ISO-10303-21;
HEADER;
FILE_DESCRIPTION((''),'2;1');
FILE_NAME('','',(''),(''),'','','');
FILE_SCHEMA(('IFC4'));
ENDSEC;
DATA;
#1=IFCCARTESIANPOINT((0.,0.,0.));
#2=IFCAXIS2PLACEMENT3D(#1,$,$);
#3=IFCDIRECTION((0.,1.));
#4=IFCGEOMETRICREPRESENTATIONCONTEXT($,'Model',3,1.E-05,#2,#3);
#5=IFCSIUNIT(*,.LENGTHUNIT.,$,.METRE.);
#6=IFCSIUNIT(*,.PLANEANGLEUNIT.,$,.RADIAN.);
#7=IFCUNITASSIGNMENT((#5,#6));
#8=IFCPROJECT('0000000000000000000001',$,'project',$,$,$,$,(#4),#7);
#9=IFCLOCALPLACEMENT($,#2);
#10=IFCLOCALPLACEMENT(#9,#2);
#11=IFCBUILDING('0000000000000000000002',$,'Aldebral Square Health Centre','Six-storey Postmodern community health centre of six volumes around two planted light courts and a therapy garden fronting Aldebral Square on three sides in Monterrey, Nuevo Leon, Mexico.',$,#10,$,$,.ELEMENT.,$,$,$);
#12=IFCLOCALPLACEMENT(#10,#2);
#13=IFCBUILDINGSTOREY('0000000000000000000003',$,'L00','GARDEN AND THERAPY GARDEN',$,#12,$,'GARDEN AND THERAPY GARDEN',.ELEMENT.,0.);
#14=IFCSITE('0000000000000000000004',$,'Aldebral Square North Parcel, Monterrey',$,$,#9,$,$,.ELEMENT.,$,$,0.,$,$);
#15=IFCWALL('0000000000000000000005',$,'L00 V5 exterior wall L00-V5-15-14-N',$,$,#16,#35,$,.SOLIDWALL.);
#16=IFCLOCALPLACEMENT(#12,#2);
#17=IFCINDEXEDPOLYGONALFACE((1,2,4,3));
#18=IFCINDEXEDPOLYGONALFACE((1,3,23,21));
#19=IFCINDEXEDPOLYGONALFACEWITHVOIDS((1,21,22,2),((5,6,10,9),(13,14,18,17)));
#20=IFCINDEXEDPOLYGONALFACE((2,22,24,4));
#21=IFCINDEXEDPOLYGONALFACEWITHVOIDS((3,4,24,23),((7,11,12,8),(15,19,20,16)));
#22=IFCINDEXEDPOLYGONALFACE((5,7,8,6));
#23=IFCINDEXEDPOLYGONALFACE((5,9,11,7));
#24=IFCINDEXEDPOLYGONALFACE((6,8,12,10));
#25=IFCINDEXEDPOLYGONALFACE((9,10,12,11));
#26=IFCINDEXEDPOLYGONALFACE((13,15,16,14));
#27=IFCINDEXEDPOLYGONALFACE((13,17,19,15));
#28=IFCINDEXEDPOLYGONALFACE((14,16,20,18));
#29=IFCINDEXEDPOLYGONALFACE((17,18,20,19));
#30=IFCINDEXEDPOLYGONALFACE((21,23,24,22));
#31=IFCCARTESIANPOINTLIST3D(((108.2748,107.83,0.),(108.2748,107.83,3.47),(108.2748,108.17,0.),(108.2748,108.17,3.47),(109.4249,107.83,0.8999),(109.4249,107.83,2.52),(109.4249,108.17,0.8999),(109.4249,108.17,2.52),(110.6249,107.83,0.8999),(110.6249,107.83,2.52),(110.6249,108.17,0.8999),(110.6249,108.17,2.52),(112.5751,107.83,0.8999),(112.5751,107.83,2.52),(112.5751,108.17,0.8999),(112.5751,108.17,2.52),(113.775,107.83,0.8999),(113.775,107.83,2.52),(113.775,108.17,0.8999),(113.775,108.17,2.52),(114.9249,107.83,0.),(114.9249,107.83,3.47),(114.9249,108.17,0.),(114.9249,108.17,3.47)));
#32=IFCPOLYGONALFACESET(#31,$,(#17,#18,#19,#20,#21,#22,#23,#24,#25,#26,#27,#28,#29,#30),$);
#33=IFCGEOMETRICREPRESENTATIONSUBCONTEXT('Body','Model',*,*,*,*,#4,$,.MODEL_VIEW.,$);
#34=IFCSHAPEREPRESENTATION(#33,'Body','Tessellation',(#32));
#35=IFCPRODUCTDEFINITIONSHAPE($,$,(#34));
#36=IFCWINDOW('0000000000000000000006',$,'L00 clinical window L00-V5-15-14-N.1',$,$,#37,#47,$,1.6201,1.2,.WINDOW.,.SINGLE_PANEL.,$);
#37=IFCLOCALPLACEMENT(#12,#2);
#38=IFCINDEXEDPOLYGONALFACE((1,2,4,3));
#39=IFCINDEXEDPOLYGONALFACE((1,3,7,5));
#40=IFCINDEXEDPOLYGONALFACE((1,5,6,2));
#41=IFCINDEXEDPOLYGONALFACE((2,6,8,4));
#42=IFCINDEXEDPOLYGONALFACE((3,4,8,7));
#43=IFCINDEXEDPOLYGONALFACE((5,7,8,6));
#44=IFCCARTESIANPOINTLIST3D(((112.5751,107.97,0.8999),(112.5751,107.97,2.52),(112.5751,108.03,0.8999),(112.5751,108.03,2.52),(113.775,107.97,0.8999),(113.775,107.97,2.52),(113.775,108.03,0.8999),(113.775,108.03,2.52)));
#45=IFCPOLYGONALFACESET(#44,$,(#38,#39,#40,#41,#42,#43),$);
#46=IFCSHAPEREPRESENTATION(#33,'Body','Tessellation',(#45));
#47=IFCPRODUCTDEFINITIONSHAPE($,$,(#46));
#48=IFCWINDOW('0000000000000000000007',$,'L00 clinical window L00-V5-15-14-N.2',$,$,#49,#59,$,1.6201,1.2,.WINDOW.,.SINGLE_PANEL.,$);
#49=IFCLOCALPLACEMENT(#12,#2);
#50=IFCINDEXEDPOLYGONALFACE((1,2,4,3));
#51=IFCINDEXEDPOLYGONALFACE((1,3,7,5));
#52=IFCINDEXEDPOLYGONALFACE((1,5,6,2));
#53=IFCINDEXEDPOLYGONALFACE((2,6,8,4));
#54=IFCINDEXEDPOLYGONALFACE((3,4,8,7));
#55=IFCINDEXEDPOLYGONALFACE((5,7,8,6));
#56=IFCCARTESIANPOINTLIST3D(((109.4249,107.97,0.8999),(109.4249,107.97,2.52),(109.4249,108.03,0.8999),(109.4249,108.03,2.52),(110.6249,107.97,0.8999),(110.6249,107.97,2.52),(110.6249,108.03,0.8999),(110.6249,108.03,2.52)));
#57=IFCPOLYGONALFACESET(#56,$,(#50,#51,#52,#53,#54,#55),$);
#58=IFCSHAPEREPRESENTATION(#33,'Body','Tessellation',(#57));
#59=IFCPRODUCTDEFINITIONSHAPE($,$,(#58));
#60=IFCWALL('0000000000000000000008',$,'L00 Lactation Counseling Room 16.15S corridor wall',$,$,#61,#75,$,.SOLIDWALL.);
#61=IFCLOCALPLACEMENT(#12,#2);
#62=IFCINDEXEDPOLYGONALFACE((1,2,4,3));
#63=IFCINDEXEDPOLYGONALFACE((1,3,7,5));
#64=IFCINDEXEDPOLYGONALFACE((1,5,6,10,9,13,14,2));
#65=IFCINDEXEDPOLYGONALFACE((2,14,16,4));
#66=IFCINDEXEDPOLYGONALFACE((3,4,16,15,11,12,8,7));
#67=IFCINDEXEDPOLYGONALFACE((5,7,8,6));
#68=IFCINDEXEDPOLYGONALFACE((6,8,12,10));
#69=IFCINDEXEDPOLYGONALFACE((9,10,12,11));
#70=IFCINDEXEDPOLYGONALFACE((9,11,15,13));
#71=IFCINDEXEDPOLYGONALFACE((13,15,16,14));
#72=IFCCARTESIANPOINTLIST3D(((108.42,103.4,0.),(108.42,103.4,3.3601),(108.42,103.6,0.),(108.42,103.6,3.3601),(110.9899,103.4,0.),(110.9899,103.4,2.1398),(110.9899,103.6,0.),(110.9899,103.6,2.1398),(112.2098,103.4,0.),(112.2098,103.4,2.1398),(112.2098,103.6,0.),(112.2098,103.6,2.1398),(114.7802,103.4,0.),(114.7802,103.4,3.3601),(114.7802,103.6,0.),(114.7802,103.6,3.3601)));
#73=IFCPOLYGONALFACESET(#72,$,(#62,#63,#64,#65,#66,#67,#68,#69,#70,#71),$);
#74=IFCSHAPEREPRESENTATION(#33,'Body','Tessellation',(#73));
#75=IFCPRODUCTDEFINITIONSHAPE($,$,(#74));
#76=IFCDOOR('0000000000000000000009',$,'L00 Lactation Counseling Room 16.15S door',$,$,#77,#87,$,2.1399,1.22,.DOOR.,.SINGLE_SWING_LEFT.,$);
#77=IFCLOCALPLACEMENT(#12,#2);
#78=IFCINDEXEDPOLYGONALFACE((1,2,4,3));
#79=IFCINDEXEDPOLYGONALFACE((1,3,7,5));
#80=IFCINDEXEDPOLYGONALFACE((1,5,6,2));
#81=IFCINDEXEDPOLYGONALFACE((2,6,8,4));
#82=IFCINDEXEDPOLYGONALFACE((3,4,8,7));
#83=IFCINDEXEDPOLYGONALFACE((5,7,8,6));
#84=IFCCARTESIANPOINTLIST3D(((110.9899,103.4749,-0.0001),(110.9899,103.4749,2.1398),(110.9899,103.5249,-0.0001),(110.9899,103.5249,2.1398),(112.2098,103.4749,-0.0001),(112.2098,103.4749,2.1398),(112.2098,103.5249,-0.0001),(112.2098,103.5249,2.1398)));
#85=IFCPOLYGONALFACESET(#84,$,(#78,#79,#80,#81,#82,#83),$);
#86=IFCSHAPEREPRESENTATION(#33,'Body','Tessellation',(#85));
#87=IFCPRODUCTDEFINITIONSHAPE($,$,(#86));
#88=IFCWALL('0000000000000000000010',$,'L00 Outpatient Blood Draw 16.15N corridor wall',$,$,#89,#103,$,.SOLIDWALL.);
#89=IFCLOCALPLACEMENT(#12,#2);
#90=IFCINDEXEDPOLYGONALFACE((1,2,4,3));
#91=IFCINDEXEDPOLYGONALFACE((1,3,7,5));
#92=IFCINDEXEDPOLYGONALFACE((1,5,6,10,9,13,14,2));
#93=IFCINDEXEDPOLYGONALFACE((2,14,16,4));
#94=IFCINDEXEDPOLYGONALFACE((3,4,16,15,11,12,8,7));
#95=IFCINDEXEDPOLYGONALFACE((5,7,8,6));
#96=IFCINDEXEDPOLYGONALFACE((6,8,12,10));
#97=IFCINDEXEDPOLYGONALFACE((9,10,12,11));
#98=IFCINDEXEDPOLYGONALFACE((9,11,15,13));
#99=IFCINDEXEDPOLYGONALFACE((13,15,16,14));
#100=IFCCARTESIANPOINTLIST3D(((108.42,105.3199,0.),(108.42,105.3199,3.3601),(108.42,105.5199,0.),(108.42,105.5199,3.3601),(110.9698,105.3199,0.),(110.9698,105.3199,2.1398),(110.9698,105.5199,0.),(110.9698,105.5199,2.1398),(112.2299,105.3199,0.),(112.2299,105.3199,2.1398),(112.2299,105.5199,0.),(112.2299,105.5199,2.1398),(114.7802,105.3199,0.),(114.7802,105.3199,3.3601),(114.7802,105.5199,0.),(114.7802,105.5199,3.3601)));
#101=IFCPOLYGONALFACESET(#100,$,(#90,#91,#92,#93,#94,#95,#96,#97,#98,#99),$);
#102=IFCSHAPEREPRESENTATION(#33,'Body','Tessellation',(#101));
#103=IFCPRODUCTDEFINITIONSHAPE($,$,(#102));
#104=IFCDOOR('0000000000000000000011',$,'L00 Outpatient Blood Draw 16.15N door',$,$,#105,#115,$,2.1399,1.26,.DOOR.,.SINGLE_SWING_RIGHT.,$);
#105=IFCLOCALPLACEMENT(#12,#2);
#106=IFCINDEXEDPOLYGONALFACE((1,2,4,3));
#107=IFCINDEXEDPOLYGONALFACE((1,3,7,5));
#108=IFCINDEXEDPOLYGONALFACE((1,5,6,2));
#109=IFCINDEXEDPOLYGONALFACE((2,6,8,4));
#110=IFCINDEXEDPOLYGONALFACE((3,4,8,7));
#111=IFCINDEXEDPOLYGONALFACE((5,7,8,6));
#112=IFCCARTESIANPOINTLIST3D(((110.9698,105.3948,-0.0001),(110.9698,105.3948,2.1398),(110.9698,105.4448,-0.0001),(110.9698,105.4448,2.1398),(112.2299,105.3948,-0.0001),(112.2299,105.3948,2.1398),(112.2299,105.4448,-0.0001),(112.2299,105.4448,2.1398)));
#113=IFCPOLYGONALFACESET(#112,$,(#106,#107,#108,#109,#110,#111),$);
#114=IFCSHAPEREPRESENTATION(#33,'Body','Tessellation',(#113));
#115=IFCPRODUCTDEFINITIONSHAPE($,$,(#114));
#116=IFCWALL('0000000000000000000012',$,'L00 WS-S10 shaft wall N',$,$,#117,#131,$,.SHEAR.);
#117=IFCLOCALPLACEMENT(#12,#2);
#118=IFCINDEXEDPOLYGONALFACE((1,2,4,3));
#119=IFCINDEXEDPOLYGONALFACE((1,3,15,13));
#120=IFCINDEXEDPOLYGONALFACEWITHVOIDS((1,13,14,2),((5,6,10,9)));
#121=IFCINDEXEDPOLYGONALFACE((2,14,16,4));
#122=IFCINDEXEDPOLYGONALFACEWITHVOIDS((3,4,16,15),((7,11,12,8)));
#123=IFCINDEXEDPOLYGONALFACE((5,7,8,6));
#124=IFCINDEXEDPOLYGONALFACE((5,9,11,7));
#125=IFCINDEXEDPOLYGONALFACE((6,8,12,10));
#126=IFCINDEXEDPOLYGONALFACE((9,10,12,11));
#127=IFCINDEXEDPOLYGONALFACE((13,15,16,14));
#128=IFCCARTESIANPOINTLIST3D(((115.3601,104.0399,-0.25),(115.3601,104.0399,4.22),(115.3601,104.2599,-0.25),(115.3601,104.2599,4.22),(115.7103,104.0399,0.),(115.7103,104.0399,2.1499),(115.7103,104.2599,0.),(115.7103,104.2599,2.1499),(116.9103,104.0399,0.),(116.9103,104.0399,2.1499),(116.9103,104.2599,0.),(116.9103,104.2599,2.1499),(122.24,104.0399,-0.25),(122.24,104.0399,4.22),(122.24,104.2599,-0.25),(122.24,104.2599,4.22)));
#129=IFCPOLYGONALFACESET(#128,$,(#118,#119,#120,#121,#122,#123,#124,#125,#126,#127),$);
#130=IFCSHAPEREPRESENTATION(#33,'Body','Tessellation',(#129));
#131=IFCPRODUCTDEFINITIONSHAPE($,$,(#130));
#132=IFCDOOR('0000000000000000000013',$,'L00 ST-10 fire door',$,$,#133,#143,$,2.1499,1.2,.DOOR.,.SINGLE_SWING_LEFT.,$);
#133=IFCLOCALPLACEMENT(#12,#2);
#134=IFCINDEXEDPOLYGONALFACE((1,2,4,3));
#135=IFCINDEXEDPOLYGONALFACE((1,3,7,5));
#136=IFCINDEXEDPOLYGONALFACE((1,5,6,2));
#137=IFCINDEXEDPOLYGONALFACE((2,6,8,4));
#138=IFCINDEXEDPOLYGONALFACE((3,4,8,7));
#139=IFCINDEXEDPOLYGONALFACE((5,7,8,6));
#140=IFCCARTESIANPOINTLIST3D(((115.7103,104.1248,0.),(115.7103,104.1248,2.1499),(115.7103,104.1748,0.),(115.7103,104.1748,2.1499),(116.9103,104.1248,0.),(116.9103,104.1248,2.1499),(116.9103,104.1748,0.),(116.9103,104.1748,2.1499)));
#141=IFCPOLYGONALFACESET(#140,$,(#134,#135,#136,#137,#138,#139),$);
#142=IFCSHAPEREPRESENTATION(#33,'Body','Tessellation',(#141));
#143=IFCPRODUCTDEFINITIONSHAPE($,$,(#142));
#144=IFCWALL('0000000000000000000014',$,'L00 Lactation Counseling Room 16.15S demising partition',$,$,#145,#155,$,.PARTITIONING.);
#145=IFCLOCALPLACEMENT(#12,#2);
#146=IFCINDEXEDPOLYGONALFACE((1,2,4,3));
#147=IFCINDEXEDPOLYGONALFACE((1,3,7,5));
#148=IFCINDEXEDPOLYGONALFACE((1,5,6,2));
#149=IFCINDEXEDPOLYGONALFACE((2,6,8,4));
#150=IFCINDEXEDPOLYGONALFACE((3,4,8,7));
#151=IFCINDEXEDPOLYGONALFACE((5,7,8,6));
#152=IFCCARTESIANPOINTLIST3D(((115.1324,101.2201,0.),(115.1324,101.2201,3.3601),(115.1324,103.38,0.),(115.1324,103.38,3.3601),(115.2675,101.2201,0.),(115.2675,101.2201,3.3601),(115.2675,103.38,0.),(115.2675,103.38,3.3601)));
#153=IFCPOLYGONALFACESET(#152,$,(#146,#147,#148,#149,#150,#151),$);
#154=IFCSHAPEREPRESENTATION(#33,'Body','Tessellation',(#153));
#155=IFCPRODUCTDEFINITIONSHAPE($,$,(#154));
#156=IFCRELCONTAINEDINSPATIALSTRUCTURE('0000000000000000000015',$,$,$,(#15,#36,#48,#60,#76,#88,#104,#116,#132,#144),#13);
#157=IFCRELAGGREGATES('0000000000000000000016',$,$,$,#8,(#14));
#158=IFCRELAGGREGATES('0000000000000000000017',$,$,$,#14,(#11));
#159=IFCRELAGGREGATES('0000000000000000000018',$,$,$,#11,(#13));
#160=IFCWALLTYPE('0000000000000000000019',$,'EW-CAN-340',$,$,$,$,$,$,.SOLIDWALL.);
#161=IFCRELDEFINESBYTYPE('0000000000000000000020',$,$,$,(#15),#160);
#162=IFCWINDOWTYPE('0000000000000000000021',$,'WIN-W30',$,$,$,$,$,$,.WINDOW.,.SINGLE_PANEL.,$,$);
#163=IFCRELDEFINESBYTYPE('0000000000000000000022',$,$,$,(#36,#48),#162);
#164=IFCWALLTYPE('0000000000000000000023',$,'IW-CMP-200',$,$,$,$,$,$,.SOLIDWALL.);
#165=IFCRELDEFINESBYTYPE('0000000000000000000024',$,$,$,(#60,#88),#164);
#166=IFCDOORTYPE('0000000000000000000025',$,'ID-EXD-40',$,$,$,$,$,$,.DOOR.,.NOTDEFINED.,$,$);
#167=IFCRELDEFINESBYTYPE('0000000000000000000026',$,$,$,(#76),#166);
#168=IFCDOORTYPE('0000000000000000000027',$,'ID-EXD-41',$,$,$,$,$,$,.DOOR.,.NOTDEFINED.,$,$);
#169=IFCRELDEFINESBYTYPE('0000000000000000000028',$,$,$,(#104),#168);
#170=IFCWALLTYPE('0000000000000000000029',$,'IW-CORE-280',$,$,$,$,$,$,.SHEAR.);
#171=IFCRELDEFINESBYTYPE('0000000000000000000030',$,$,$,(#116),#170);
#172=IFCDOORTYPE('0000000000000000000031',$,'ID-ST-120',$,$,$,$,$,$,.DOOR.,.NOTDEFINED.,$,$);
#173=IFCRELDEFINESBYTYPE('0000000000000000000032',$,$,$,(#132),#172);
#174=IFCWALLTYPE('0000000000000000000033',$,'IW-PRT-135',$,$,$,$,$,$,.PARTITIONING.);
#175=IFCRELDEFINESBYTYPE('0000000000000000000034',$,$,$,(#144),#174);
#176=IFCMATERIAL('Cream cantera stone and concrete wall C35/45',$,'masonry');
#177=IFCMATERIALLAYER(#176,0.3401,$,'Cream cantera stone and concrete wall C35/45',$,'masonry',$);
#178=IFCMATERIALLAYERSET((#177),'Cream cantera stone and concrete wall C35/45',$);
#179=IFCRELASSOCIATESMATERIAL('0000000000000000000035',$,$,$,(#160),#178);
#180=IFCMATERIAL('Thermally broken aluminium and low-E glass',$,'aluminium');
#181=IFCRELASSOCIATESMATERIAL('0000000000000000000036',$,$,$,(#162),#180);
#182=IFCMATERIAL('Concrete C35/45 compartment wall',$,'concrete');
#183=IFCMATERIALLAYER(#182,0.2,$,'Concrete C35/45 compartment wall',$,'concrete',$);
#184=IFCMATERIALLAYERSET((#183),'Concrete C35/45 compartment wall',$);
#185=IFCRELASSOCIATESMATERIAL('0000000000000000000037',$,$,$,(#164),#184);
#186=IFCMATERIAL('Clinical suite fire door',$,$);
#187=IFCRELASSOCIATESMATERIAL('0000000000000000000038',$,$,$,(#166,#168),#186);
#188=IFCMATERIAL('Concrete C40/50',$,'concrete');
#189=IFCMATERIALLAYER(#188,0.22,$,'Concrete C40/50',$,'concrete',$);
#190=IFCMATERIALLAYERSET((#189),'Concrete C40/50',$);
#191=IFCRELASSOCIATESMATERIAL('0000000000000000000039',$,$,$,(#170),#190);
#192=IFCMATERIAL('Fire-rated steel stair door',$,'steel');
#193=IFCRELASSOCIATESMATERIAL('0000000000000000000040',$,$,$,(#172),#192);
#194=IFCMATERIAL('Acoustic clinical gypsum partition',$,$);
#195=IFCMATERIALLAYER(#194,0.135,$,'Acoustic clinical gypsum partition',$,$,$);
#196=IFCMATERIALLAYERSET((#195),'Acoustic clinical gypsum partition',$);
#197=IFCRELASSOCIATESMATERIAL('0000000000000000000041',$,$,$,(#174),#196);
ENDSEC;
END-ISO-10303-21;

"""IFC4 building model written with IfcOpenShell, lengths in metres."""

from ifc_helpers import new_model, si_unit, direction, frame, frame_2d, origin, place, context, subcontext, project, spatial, rectangle, extrude, material, layer, layer_set, type_object, element, fill, save


model = new_model("IFC4")

# Units and contexts
model_context = context("Model", 3, precision=1e-05, world=origin(), true_north=direction((0.0, 1.0)))
body_context = subcontext(model_context, "Body", "Model", "MODEL_VIEW")
ifc_project = project(units=[si_unit("LENGTHUNIT", "METRE"), si_unit("PLANEANGLEUNIT", "RADIAN")], contexts=[model_context])

# Site, building, storey
site_placement = place(None, origin())
site = spatial("IfcSite", under=ifc_project, at=site_placement, Name="Aldebral Square North Parcel, Monterrey", CompositionType="ELEMENT", RefElevation=0.0)
building_placement = place(site_placement, origin())
building = spatial("IfcBuilding", under=site, at=building_placement, Name="Aldebral Square Health Centre", Description="Six-storey Postmodern community health centre of six volumes around two planted light courts and a therapy garden fronting Aldebral Square on three sides in Monterrey, Nuevo Leon, Mexico.", CompositionType="ELEMENT")
storey_placement = place(building_placement, origin())
storey = spatial("IfcBuildingStorey", under=building, at=storey_placement, Name="L00", Description="GARDEN AND THERAPY GARDEN", LongName="GARDEN AND THERAPY GARDEN", CompositionType="ELEMENT", Elevation=0.0)

# Shared definitions
ifc_material_1 = material(Name="Concrete C40/50", Category="concrete")

# Wall, openings, windows
ifc_material_2 = material(Name="Cream cantera stone and concrete wall C35/45", Category="masonry")
ifc_layer_1 = layer(ifc_material_2, 0.3401, Name="Cream cantera stone and concrete wall C35/45", Category="masonry")
ifc_layer_set_1 = layer_set([ifc_layer_1], Name="Cream cantera stone and concrete wall C35/45")
wall_type_1 = type_object("IfcWallType", Name="EW-CAN-340", PredefinedType="SOLIDWALL", material=ifc_layer_set_1)
wall_1_placement = place(storey_placement, frame((114.925, 108.0, 0.0), z_axis=(0.0, 0.0, 1.0), x_axis=(-1.0, 0.0, 0.0)))
wall_1 = element("IfcWall", 1, at=wall_1_placement, inside=storey, type_object=wall_type_1, Name="L00 V5 exterior wall L00-V5-15-14-N", PredefinedType="SOLIDWALL", context=body_context, shape_type="SweptSolid", body=[
    extrude(rectangle(XDim=6.6501, YDim=0.3401, at=frame_2d((3.3252, 0.0))), origin(), (0.0, 0.0, 1.0), 3.47),
])
opening_1_placement = place(wall_1_placement, frame((1.1499, 0.0, 0.8999)))
opening_1 = element("IfcOpeningElement", 2, at=opening_1_placement, cuts=wall_1, PredefinedType="OPENING", context=body_context, shape_type="SweptSolid", body=[
    extrude(rectangle(XDim=1.2, YDim=1.6201, at=frame_2d((0.6001, 0.8101))), frame((0.0, 0.1802, 0.0), z_axis=(0.0, -1.0, 0.0), x_axis=(1.0, 0.0, 0.0)), (0.0, 0.0, 1.0), 0.3601),
])
opening_2_placement = place(wall_1_placement, frame((4.3, 0.0, 0.8999)))
opening_2 = element("IfcOpeningElement", 3, at=opening_2_placement, cuts=wall_1, PredefinedType="OPENING", context=body_context, shape_type="SweptSolid", body=[
    extrude(rectangle(XDim=1.2, YDim=1.6201, at=frame_2d((0.6001, 0.8101))), frame((0.0, 0.1802, 0.0), z_axis=(0.0, -1.0, 0.0), x_axis=(1.0, 0.0, 0.0)), (0.0, 0.0, 1.0), 0.3601),
])
ifc_material_3 = material(Name="Thermally broken aluminium and low-E glass", Category="aluminium")
window_type = type_object("IfcWindowType", Name="WIN-W30", PartitioningType="SINGLE_PANEL", PredefinedType="WINDOW", material=ifc_material_3)
window_1_placement = place(opening_1_placement, origin())
window_1 = element("IfcWindow", 4, at=window_1_placement, inside=storey, type_object=window_type, Name="L00 clinical window L00-V5-15-14-N.1", OverallHeight=1.6201, OverallWidth=1.2, PartitioningType="SINGLE_PANEL", PredefinedType="WINDOW", context=body_context, shape_type="SweptSolid", body=[
    extrude(rectangle(XDim=1.2, YDim=1.6201, at=frame_2d((0.6001, 0.8101))), frame((0.0, 0.03, 0.0), z_axis=(0.0, -1.0, 0.0), x_axis=(1.0, 0.0, 0.0)), (0.0, 0.0, 1.0), 0.0601),
])
fill(opening_1, window_1)
window_2_placement = place(opening_2_placement, origin())
window_2 = element("IfcWindow", 5, at=window_2_placement, inside=storey, type_object=window_type, Name="L00 clinical window L00-V5-15-14-N.2", OverallHeight=1.6201, OverallWidth=1.2, PartitioningType="SINGLE_PANEL", PredefinedType="WINDOW", context=body_context, shape_type="SweptSolid", body=[
    extrude(rectangle(XDim=1.2, YDim=1.6201, at=frame_2d((0.6001, 0.8101))), frame((0.0, 0.03, 0.0), z_axis=(0.0, -1.0, 0.0), x_axis=(1.0, 0.0, 0.0)), (0.0, 0.0, 1.0), 0.0601),
])
fill(opening_2, window_2)

# Walls, openings, doors
ifc_material_4 = material(Name="Concrete C35/45 compartment wall", Category="concrete")
ifc_layer_2 = layer(ifc_material_4, 0.2, Name="Concrete C35/45 compartment wall", Category="concrete")
ifc_layer_set_2 = layer_set([ifc_layer_2], Name="Concrete C35/45 compartment wall")
wall_type_2 = type_object("IfcWallType", Name="IW-CMP-200", PredefinedType="SOLIDWALL", material=ifc_layer_set_2)
wall_2_placement = place(storey_placement, frame((108.4199, 103.5, 0.0), z_axis=(0.0, 0.0, 1.0), x_axis=(1.0, 0.0, 0.0)))
wall_2 = element("IfcWall", 6, at=wall_2_placement, inside=storey, type_object=wall_type_2, Name="L00 Lactation Counseling Room 16.15S corridor wall", PredefinedType="SOLIDWALL", context=body_context, shape_type="SweptSolid", body=[
    extrude(rectangle(XDim=6.3601, YDim=0.2, at=frame_2d((3.1802, 0.0))), origin(), (0.0, 0.0, 1.0), 3.3601),
])
opening_3_placement = place(wall_2_placement, frame((2.5701, 0.0, 0.0)))
opening_3 = element("IfcOpeningElement", 7, at=opening_3_placement, cuts=wall_2, PredefinedType="OPENING", context=body_context, shape_type="SweptSolid", body=[
    extrude(rectangle(XDim=1.22, YDim=2.1399, at=frame_2d((0.6099, 1.0698))), frame((0.0, 0.1099, 0.0), z_axis=(0.0, -1.0, 0.0), x_axis=(1.0, 0.0, 0.0)), (0.0, 0.0, 1.0), 0.22),
])
ifc_material_5 = material(Name="Clinical suite fire door")
door_type_1 = type_object("IfcDoorType", Name="ID-EXD-40", OperationType="NOTDEFINED", PredefinedType="DOOR", material=ifc_material_5)
door_1_placement = place(opening_3_placement, origin())
door_1 = element("IfcDoor", 8, at=door_1_placement, inside=storey, type_object=door_type_1, Name="L00 Lactation Counseling Room 16.15S door", OperationType="SINGLE_SWING_LEFT", OverallHeight=2.1399, OverallWidth=1.22, PredefinedType="DOOR", context=body_context, shape_type="SweptSolid", body=[
    extrude(rectangle(XDim=1.22, YDim=2.1399, at=frame_2d((0.6099, 1.0698))), frame((0.0, 0.0249, 0.0), z_axis=(0.0, -1.0, 0.0), x_axis=(1.0, 0.0, 0.0)), (0.0, 0.0, 1.0), 0.05),
])
fill(opening_3, door_1)
wall_3_placement = place(storey_placement, frame((108.4199, 105.4199, 0.0), z_axis=(0.0, 0.0, 1.0), x_axis=(1.0, 0.0, 0.0)))
wall_3 = element("IfcWall", 9, at=wall_3_placement, inside=storey, type_object=wall_type_2, Name="L00 Outpatient Blood Draw 16.15N corridor wall", PredefinedType="SOLIDWALL", context=body_context, shape_type="SweptSolid", body=[
    extrude(rectangle(XDim=6.3601, YDim=0.2, at=frame_2d((3.1802, 0.0))), origin(), (0.0, 0.0, 1.0), 3.3601),
])
opening_4_placement = place(wall_3_placement, frame((2.55, 0.0, 0.0)))
opening_4 = element("IfcOpeningElement", 10, at=opening_4_placement, cuts=wall_3, PredefinedType="OPENING", context=body_context, shape_type="SweptSolid", body=[
    extrude(rectangle(XDim=1.26, YDim=2.1399, at=frame_2d((0.6299, 1.0698))), frame((0.0, 0.1099, 0.0), z_axis=(0.0, -1.0, 0.0), x_axis=(1.0, 0.0, 0.0)), (0.0, 0.0, 1.0), 0.22),
])
door_type_2 = type_object("IfcDoorType", Name="ID-EXD-41", OperationType="NOTDEFINED", PredefinedType="DOOR", material=ifc_material_5)
door_2_placement = place(opening_4_placement, origin())
door_2 = element("IfcDoor", 11, at=door_2_placement, inside=storey, type_object=door_type_2, Name="L00 Outpatient Blood Draw 16.15N door", OperationType="SINGLE_SWING_RIGHT", OverallHeight=2.1399, OverallWidth=1.26, PredefinedType="DOOR", context=body_context, shape_type="SweptSolid", body=[
    extrude(rectangle(XDim=1.26, YDim=2.1399, at=frame_2d((0.6299, 1.0698))), frame((0.0, 0.0249, 0.0), z_axis=(0.0, -1.0, 0.0), x_axis=(1.0, 0.0, 0.0)), (0.0, 0.0, 1.0), 0.05),
])
fill(opening_4, door_2)
ifc_layer_3 = layer(ifc_material_1, 0.22, Name="Concrete C40/50", Category="concrete")
ifc_layer_set_3 = layer_set([ifc_layer_3], Name="Concrete C40/50")
wall_type_3 = type_object("IfcWallType", Name="IW-CORE-280", PredefinedType="SHEAR", material=ifc_layer_set_3)
wall_4_placement = place(storey_placement, frame((115.3601, 104.1499, -0.25), z_axis=(0.0, 0.0, 1.0), x_axis=(1.0, 0.0, 0.0)))
wall_4 = element("IfcWall", 12, at=wall_4_placement, inside=storey, type_object=wall_type_3, Name="L00 WS-S10 shaft wall N", PredefinedType="SHEAR", context=body_context, shape_type="SweptSolid", body=[
    extrude(rectangle(XDim=6.8799, YDim=0.22, at=frame_2d((3.4399, 0.0))), origin(), (0.0, 0.0, 1.0), 4.47),
])
opening_5_placement = place(wall_4_placement, frame((0.3501, 0.0, 0.25)))
opening_5 = element("IfcOpeningElement", 13, at=opening_5_placement, cuts=wall_4, PredefinedType="OPENING", context=body_context, shape_type="SweptSolid", body=[
    extrude(rectangle(XDim=1.2, YDim=2.1499, at=frame_2d((0.6001, 1.075))), frame((0.0, 0.1201, 0.0), z_axis=(0.0, -1.0, 0.0), x_axis=(1.0, 0.0, 0.0)), (0.0, 0.0, 1.0), 0.24),
])
ifc_material_6 = material(Name="Fire-rated steel stair door", Category="steel")
door_type_3 = type_object("IfcDoorType", Name="ID-ST-120", OperationType="NOTDEFINED", PredefinedType="DOOR", material=ifc_material_6)
door_3_placement = place(opening_5_placement, origin())
door_3 = element("IfcDoor", 14, at=door_3_placement, inside=storey, type_object=door_type_3, Name="L00 ST-10 fire door", OperationType="SINGLE_SWING_LEFT", OverallHeight=2.1499, OverallWidth=1.2, PredefinedType="DOOR", context=body_context, shape_type="SweptSolid", body=[
    extrude(rectangle(XDim=1.2, YDim=2.1499, at=frame_2d((0.6001, 1.075))), frame((0.0, 0.0249, 0.0), z_axis=(0.0, -1.0, 0.0), x_axis=(1.0, 0.0, 0.0)), (0.0, 0.0, 1.0), 0.05),
])
fill(opening_5, door_3)

# Wall
ifc_material_7 = material(Name="Acoustic clinical gypsum partition")
ifc_layer_4 = layer(ifc_material_7, 0.135, Name="Acoustic clinical gypsum partition")
ifc_layer_set_4 = layer_set([ifc_layer_4], Name="Acoustic clinical gypsum partition")
wall_type_4 = type_object("IfcWallType", Name="IW-PRT-135", PredefinedType="PARTITIONING", material=ifc_layer_set_4)
wall_5_placement = place(storey_placement, frame((115.2, 101.22, 0.0), z_axis=(0.0, 0.0, 1.0), x_axis=(0.0, 1.0, 0.0)))
element("IfcWall", 15, at=wall_5_placement, inside=storey, type_object=wall_type_4, Name="L00 Lactation Counseling Room 16.15S demising partition", PredefinedType="PARTITIONING", context=body_context, shape_type="SweptSolid", body=[
    extrude(rectangle(XDim=2.1599, YDim=0.135, at=frame_2d((1.0801, 0.0))), origin(), (0.0, 0.0, 1.0), 3.3601),
])

save(model, "model.ifc")
